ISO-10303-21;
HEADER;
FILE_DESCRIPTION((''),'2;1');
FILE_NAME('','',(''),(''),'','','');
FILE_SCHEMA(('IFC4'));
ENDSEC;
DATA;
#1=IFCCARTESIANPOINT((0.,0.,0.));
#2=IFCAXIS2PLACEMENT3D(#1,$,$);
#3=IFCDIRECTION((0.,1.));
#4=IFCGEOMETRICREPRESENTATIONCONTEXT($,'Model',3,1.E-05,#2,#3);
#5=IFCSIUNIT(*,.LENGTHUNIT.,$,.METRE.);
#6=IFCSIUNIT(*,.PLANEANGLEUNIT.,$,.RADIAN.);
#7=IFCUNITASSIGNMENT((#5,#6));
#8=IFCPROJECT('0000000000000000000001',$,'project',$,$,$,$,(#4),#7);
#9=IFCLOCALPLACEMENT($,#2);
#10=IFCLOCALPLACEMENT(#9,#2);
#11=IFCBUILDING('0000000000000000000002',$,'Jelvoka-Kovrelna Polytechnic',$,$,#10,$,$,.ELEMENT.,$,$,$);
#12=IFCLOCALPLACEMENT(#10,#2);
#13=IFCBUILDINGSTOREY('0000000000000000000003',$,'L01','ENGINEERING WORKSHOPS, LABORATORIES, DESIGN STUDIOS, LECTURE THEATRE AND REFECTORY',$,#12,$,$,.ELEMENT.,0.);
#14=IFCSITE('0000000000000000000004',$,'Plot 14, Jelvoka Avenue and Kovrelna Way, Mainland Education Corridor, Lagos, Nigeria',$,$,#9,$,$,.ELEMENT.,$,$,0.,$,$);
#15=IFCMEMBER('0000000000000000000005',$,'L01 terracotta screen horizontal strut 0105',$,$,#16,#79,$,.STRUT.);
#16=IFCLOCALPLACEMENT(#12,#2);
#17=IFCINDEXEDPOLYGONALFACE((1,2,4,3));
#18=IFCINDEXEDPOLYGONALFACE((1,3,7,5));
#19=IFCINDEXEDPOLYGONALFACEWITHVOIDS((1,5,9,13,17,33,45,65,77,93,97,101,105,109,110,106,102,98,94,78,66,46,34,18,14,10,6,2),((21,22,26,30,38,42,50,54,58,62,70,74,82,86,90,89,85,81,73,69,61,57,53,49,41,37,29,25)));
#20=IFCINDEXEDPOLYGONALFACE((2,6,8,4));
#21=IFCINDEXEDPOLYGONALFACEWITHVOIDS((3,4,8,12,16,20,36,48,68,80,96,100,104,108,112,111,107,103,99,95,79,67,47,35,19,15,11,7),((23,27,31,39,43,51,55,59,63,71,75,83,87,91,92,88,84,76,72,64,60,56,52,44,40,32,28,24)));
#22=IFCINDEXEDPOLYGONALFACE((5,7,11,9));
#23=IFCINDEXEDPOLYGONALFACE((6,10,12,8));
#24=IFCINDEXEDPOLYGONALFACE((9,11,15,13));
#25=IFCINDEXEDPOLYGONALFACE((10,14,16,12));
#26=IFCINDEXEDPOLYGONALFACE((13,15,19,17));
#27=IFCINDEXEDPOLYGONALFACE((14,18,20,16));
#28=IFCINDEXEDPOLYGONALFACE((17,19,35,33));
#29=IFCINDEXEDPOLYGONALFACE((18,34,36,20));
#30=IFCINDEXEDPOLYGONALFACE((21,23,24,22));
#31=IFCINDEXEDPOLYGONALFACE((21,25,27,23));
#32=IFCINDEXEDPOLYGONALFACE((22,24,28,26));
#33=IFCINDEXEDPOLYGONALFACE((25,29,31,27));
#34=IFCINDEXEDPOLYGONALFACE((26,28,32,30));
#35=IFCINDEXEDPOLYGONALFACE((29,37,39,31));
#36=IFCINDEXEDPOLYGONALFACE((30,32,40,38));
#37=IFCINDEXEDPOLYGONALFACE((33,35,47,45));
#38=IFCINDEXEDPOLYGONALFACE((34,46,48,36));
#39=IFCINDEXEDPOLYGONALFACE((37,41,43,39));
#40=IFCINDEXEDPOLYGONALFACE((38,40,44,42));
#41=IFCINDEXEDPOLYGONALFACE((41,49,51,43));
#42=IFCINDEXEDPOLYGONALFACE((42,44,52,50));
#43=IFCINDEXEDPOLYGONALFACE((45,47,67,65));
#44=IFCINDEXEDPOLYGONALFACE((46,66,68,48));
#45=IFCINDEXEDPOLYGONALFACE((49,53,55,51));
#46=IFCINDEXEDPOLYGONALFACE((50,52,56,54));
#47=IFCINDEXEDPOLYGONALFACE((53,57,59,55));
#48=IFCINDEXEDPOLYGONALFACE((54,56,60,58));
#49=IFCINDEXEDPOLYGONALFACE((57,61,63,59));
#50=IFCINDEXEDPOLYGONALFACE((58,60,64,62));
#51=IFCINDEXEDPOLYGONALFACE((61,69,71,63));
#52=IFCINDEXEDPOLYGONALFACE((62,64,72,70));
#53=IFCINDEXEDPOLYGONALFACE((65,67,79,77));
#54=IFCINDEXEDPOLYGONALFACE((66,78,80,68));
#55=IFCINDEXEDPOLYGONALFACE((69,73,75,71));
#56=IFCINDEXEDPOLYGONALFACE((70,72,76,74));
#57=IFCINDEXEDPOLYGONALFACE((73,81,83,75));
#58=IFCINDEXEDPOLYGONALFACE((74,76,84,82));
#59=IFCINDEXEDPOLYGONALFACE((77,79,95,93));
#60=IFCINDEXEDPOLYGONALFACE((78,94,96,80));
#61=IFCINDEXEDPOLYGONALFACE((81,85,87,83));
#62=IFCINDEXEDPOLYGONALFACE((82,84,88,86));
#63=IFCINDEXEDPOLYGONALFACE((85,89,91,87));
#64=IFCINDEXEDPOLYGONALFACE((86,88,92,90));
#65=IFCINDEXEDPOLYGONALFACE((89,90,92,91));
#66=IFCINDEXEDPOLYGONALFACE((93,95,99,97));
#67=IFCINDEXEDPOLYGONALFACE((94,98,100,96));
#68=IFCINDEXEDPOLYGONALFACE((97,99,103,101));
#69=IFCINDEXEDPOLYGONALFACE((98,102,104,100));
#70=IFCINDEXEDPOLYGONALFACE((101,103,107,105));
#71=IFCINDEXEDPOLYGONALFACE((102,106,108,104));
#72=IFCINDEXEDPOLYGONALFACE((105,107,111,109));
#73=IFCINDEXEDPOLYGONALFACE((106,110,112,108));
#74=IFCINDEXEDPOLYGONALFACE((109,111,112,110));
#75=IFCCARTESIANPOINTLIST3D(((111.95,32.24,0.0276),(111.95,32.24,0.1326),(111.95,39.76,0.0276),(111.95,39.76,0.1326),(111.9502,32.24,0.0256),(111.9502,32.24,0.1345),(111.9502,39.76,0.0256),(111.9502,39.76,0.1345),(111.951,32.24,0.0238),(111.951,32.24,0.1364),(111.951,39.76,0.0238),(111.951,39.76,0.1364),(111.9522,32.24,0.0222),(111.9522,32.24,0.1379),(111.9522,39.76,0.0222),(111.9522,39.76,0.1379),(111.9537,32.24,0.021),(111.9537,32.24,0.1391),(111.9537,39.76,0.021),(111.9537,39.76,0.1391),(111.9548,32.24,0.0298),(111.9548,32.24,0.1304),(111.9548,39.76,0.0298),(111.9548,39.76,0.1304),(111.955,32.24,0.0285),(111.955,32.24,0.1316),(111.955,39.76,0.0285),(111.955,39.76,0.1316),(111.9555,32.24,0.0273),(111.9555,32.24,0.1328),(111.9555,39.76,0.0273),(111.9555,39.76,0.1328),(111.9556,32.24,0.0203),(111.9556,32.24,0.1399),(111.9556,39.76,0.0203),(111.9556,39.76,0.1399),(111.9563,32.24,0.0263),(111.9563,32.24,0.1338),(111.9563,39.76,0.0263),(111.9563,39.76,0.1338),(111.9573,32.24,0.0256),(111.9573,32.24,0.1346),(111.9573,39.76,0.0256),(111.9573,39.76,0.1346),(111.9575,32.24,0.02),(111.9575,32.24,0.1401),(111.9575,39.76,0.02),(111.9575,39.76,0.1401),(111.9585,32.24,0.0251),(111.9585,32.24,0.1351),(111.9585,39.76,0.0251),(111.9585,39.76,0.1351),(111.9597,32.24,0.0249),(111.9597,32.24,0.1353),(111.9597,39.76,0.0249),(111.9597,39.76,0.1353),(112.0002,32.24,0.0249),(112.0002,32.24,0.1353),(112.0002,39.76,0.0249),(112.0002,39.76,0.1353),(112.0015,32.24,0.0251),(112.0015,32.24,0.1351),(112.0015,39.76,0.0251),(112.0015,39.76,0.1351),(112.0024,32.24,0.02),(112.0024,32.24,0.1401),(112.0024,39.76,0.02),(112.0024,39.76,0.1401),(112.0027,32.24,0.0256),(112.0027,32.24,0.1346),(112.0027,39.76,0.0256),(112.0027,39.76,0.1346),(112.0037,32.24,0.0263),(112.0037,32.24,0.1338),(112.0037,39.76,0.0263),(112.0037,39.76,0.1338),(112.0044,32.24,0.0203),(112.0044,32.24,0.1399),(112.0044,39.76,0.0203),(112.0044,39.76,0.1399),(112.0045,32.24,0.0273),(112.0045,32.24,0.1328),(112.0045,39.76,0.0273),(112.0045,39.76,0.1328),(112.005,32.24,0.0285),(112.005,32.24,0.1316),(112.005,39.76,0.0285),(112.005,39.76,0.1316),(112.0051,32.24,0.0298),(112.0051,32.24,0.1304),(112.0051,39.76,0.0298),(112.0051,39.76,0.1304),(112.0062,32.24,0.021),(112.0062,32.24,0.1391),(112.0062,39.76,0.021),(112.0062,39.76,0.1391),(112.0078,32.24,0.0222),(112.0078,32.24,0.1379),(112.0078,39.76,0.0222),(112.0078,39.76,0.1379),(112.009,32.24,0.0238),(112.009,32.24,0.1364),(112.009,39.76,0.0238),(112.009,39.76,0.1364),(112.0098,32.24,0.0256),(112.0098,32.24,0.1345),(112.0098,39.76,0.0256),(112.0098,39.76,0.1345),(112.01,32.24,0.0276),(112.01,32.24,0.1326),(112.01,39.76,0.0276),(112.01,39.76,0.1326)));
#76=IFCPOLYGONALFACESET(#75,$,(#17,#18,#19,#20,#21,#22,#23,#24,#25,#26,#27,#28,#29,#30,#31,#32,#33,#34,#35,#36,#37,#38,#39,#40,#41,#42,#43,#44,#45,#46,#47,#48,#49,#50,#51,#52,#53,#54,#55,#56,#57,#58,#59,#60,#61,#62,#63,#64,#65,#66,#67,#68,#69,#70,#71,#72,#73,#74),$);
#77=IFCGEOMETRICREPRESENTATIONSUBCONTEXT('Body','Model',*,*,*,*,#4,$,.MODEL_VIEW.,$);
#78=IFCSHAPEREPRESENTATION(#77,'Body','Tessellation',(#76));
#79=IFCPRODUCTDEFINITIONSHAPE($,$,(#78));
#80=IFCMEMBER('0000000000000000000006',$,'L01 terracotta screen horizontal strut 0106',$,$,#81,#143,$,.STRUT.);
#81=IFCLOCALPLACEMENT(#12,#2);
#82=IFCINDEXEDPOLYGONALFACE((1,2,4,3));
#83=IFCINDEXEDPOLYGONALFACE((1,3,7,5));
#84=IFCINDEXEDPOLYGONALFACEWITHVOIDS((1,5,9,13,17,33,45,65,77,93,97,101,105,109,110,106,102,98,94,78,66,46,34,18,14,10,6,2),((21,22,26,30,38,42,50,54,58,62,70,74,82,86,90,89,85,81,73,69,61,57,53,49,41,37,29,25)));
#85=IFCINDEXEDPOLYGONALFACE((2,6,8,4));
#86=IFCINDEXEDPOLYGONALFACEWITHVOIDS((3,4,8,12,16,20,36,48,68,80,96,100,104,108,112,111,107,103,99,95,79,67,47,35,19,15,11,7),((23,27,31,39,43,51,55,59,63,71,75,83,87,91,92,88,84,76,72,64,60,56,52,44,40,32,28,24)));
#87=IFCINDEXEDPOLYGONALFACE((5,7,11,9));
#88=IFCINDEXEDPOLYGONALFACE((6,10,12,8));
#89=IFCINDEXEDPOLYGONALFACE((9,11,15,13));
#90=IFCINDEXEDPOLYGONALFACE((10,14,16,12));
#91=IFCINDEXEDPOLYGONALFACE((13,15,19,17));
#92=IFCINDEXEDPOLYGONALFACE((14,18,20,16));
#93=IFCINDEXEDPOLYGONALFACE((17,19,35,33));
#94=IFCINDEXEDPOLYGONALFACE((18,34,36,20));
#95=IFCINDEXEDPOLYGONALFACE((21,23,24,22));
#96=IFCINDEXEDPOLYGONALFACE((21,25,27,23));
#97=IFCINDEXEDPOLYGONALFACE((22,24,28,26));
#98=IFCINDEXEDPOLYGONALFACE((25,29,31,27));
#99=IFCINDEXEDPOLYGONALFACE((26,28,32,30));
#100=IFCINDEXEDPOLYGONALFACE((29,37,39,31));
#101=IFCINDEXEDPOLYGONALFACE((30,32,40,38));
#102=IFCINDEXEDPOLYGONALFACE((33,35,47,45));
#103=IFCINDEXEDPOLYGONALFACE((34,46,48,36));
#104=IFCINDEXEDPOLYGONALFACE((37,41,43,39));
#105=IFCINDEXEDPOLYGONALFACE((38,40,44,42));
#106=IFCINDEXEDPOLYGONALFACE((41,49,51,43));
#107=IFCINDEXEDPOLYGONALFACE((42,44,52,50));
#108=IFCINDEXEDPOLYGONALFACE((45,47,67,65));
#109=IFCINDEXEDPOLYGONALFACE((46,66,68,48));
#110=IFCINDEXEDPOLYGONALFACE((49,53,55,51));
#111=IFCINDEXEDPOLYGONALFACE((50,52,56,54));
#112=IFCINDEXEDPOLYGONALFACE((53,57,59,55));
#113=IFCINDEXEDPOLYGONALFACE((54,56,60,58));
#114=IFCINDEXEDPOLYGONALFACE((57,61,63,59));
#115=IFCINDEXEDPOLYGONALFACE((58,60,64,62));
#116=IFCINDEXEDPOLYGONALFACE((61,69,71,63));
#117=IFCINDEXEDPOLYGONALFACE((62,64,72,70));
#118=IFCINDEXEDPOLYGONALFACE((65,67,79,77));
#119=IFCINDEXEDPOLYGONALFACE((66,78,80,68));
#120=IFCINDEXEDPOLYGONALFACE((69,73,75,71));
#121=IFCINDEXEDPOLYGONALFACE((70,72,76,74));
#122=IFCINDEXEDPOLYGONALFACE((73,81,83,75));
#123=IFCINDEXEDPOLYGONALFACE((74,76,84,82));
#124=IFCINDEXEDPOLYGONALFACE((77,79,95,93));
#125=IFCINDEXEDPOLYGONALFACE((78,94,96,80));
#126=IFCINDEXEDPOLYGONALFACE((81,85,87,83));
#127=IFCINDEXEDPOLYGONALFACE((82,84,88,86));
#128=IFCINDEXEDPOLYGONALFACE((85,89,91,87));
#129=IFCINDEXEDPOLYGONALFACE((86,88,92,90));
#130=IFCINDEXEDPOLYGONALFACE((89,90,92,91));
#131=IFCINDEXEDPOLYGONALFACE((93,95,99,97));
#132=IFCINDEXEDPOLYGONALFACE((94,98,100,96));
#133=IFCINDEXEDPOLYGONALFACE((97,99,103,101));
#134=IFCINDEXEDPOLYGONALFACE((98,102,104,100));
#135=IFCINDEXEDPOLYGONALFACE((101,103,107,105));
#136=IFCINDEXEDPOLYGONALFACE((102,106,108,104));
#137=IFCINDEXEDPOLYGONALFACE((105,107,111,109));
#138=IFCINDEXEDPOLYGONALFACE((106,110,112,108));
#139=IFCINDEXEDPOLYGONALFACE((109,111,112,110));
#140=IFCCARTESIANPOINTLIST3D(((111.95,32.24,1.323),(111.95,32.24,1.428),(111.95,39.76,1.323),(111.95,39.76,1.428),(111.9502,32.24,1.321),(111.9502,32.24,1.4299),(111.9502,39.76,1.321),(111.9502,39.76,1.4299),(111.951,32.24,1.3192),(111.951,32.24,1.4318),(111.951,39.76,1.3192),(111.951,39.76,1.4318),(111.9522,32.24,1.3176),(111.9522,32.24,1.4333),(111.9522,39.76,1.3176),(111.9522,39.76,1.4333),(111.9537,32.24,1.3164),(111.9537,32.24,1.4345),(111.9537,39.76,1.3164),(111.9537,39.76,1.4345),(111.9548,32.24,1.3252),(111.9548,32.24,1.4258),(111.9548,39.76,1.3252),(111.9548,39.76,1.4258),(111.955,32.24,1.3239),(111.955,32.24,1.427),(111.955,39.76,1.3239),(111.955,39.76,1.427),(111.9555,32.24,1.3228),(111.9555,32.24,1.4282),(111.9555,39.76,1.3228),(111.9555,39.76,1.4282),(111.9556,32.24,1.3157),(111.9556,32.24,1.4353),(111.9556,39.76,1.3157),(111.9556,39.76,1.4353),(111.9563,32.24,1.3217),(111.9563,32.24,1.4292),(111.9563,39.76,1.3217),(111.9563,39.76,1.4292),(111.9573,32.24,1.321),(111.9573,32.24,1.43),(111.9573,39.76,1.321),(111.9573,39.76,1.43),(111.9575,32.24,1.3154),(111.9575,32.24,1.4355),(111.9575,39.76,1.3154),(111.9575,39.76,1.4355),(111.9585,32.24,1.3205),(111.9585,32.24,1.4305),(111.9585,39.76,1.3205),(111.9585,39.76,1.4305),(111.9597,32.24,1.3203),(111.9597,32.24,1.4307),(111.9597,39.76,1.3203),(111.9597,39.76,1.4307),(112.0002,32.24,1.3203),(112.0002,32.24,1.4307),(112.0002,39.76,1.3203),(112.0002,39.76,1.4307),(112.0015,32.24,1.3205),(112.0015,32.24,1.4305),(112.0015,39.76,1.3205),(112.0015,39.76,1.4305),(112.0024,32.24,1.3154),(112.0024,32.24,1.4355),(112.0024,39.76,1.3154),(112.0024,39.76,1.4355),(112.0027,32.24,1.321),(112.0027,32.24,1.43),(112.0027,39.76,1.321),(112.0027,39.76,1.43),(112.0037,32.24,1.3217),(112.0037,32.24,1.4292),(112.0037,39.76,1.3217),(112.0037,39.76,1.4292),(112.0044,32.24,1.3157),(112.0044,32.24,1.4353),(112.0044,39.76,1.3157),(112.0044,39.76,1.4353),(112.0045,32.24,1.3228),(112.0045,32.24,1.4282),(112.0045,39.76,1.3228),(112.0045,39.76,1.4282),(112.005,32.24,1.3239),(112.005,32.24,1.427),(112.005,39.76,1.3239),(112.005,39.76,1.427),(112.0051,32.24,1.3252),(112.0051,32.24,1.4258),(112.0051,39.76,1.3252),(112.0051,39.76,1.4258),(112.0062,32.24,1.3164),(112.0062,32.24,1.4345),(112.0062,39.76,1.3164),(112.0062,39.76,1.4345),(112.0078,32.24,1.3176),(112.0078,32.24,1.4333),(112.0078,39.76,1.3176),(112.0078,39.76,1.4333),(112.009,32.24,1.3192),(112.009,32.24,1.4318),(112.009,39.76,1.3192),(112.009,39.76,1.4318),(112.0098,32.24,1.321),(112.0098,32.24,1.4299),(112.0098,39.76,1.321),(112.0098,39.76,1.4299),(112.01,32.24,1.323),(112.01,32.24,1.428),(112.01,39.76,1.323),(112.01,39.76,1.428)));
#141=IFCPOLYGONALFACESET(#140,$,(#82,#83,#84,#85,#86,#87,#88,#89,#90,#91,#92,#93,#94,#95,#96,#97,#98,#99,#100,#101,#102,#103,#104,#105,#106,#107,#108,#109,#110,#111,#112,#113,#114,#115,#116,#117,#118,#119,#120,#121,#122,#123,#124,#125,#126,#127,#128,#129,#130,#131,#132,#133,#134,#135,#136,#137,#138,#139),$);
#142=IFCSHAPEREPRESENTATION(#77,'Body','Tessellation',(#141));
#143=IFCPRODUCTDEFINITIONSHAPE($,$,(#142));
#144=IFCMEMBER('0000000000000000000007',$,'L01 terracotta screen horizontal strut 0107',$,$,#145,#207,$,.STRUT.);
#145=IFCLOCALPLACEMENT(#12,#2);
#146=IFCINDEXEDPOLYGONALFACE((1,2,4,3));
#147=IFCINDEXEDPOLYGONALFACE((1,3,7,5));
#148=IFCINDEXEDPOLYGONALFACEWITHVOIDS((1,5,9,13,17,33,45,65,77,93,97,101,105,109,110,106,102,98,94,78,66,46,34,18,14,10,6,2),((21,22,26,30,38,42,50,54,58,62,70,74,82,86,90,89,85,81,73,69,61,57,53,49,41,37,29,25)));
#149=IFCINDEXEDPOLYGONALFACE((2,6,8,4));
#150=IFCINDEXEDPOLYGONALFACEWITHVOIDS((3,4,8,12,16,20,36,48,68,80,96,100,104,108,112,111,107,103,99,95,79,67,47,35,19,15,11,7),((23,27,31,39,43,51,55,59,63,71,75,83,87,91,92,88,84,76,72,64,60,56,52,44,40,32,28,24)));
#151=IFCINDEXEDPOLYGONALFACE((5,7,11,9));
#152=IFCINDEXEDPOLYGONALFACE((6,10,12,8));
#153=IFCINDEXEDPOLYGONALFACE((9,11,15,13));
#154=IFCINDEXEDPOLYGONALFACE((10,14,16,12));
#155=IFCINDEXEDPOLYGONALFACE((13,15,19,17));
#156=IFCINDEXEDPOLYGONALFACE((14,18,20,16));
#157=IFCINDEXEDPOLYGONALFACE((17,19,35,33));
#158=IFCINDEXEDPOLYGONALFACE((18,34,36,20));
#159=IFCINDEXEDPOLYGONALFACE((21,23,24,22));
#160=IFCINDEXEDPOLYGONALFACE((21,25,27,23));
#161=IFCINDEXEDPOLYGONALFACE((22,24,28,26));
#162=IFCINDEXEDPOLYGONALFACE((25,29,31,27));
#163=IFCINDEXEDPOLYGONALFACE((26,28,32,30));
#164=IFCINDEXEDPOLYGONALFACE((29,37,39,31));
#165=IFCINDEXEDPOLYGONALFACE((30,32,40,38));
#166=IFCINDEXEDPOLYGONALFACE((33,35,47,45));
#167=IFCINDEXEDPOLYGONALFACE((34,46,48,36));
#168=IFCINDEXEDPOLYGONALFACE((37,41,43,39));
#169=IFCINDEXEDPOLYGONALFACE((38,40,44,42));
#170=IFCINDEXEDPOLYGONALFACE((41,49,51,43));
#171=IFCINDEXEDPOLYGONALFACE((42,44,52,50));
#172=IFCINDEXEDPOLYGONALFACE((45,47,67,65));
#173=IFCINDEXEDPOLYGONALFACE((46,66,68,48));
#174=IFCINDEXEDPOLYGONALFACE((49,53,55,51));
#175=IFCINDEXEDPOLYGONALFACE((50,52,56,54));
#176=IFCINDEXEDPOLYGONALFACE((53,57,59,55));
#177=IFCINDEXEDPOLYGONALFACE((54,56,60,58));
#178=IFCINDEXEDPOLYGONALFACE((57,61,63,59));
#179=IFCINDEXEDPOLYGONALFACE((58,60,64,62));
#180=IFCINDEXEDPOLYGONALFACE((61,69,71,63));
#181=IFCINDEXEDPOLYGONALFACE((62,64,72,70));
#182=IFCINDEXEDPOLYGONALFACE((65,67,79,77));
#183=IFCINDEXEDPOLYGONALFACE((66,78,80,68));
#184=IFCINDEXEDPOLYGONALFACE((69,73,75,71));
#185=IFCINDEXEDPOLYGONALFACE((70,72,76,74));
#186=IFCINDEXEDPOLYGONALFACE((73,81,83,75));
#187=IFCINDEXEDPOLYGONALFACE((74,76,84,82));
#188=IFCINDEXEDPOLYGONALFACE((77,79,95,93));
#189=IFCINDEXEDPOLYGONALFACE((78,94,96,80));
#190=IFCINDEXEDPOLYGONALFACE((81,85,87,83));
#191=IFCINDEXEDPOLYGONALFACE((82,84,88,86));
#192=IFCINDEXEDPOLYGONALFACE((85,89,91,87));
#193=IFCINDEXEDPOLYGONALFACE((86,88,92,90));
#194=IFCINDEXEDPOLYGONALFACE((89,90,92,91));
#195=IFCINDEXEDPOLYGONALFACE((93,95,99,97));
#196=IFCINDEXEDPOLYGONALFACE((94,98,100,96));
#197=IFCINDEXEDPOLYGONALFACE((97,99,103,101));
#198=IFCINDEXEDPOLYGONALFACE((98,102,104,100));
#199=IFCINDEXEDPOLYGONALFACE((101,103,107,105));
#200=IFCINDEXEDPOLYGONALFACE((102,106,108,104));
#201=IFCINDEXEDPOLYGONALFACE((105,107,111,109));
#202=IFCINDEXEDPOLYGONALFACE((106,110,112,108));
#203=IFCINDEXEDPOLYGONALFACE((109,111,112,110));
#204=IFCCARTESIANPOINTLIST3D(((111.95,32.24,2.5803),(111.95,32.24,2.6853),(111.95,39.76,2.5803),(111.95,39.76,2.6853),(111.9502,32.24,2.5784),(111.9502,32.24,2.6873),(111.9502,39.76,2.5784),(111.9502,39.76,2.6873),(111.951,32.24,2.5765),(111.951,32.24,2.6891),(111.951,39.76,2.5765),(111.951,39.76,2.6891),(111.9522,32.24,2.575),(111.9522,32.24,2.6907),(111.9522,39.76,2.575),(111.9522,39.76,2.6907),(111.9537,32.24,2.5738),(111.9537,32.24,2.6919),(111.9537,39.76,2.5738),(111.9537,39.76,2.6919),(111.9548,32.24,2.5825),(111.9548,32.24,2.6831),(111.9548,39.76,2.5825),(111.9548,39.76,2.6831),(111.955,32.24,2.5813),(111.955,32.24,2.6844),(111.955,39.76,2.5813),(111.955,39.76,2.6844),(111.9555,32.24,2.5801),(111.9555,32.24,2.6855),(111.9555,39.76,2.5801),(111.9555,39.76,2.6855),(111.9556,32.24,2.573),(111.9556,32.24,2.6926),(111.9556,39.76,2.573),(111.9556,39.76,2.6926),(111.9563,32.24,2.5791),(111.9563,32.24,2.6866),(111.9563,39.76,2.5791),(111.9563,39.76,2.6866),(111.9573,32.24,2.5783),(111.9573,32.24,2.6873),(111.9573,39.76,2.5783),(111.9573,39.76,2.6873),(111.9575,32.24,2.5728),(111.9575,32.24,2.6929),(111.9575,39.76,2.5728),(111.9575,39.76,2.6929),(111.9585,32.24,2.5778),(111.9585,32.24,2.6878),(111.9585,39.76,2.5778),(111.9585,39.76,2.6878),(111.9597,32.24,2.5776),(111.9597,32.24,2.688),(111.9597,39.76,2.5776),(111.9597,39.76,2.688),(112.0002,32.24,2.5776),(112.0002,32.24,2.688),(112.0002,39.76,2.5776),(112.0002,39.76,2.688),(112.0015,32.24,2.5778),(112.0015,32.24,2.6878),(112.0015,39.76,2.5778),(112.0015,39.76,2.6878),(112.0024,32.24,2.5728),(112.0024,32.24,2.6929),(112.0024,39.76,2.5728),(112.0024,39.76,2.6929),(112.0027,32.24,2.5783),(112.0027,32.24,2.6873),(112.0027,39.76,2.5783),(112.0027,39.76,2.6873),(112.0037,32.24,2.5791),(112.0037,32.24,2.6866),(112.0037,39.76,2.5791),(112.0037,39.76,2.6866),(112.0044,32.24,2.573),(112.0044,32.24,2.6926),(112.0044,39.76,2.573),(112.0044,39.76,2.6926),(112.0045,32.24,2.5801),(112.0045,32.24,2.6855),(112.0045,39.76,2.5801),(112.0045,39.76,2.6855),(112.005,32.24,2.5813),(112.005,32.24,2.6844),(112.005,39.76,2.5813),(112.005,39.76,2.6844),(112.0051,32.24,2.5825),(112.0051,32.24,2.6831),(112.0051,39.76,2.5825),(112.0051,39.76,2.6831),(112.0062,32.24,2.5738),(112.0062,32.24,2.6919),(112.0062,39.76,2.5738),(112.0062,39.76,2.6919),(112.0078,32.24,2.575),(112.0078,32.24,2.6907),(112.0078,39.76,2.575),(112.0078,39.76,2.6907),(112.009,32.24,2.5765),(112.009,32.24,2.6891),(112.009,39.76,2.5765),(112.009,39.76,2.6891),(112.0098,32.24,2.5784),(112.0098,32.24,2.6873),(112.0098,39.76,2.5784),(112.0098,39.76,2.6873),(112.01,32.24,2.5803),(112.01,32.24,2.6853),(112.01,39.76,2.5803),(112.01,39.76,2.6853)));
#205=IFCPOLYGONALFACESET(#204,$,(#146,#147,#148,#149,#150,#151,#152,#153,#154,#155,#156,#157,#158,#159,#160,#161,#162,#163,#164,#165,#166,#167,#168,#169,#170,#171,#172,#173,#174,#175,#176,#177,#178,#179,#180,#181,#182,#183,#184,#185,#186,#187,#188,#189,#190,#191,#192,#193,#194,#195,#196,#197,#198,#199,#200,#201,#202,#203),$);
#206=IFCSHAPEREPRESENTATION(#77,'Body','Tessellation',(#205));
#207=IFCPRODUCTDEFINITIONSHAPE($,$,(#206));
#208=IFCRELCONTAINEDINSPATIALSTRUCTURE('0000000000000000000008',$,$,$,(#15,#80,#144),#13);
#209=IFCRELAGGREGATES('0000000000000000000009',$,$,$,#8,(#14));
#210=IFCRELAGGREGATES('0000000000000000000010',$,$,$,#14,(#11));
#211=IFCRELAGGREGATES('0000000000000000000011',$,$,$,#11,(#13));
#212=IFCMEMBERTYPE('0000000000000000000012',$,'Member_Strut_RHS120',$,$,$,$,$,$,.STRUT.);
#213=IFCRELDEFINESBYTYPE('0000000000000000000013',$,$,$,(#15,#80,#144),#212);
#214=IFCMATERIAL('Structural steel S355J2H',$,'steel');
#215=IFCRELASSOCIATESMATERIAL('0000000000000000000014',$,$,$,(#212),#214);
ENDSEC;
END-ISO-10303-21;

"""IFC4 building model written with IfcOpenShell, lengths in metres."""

from ifc_helpers import new_model, si_unit, direction, frame, origin, origin_2d, place, context, subcontext, project, spatial, hollow_rectangle, extrude, material, material_profile, profile_set, type_object, element, save


model = new_model("IFC4")

# Units and contexts
model_context = context("Model", 3, precision=1e-05, world=origin(), true_north=direction((0.0, 1.0)))
body_context = subcontext(model_context, "Body", "Model", "MODEL_VIEW")
ifc_project = project(units=[si_unit("LENGTHUNIT", "METRE"), si_unit("PLANEANGLEUNIT", "RADIAN")], contexts=[model_context])

# Site, building, storey
site_placement = place(None, origin())
site = spatial("IfcSite", under=ifc_project, at=site_placement, Name="Plot 14, Jelvoka Avenue and Kovrelna Way, Mainland Education Corridor, Lagos, Nigeria", CompositionType="ELEMENT", RefElevation=0.0)
building_placement = place(site_placement, origin())
building = spatial("IfcBuilding", under=site, at=building_placement, Name="Jelvoka-Kovrelna Polytechnic", CompositionType="ELEMENT")
storey_placement = place(building_placement, origin())
storey = spatial("IfcBuildingStorey", under=building, at=storey_placement, Name="L01", Description="ENGINEERING WORKSHOPS, LABORATORIES, DESIGN STUDIOS, LECTURE THEATRE AND REFECTORY", CompositionType="ELEMENT", Elevation=0.0)

# Members
ifc_material_1 = material(Name="Structural steel S355J2H", Category="steel")
ifc_material_profile_1 = material_profile(ifc_material_1, hollow_rectangle(XDim=0.0601, YDim=0.1201, WallThickness=0.0049, InnerFilletRadius=0.0049, OuterFilletRadius=0.0076, at=origin_2d()), Name="120x60x5.0 RHS")
ifc_profile_set_1 = profile_set([ifc_material_profile_1], Name="Structural steel S355J2H")
member_type_1 = type_object("IfcMemberType", Name="Member_Strut_RHS120", PredefinedType="STRUT", material=ifc_profile_set_1)
for number, where, z_axis, x_axis, name in (
    (1, (111.98, 32.24, 0.0801), (0.0, 1.0, 0.0), (-1.0, 0.0, 0.0), "L01 terracotta screen horizontal strut 0105"),
    (2, (111.98, 32.24, 1.3755), (0.0, 1.0, 0.0), (-1.0, 0.0, 0.0), "L01 terracotta screen horizontal strut 0106"),
    (3, (111.98, 32.24, 2.6328), (0.0, 1.0, 0.0), (-1.0, 0.0, 0.0), "L01 terracotta screen horizontal strut 0107"),
):
    element("IfcMember", number, at=place(storey_placement, frame(where, z_axis=z_axis, x_axis=x_axis)), inside=storey, type_object=member_type_1, Name=name, PredefinedType="STRUT", context=body_context, shape_type="SweptSolid", body=[
        extrude(hollow_rectangle(XDim=0.0601, YDim=0.1201, WallThickness=0.0049, InnerFilletRadius=0.0049, OuterFilletRadius=0.0076, at=origin_2d()), origin(), (0.0, 0.0, 1.0), 7.52),
    ])

save(model, "model.ifc")
